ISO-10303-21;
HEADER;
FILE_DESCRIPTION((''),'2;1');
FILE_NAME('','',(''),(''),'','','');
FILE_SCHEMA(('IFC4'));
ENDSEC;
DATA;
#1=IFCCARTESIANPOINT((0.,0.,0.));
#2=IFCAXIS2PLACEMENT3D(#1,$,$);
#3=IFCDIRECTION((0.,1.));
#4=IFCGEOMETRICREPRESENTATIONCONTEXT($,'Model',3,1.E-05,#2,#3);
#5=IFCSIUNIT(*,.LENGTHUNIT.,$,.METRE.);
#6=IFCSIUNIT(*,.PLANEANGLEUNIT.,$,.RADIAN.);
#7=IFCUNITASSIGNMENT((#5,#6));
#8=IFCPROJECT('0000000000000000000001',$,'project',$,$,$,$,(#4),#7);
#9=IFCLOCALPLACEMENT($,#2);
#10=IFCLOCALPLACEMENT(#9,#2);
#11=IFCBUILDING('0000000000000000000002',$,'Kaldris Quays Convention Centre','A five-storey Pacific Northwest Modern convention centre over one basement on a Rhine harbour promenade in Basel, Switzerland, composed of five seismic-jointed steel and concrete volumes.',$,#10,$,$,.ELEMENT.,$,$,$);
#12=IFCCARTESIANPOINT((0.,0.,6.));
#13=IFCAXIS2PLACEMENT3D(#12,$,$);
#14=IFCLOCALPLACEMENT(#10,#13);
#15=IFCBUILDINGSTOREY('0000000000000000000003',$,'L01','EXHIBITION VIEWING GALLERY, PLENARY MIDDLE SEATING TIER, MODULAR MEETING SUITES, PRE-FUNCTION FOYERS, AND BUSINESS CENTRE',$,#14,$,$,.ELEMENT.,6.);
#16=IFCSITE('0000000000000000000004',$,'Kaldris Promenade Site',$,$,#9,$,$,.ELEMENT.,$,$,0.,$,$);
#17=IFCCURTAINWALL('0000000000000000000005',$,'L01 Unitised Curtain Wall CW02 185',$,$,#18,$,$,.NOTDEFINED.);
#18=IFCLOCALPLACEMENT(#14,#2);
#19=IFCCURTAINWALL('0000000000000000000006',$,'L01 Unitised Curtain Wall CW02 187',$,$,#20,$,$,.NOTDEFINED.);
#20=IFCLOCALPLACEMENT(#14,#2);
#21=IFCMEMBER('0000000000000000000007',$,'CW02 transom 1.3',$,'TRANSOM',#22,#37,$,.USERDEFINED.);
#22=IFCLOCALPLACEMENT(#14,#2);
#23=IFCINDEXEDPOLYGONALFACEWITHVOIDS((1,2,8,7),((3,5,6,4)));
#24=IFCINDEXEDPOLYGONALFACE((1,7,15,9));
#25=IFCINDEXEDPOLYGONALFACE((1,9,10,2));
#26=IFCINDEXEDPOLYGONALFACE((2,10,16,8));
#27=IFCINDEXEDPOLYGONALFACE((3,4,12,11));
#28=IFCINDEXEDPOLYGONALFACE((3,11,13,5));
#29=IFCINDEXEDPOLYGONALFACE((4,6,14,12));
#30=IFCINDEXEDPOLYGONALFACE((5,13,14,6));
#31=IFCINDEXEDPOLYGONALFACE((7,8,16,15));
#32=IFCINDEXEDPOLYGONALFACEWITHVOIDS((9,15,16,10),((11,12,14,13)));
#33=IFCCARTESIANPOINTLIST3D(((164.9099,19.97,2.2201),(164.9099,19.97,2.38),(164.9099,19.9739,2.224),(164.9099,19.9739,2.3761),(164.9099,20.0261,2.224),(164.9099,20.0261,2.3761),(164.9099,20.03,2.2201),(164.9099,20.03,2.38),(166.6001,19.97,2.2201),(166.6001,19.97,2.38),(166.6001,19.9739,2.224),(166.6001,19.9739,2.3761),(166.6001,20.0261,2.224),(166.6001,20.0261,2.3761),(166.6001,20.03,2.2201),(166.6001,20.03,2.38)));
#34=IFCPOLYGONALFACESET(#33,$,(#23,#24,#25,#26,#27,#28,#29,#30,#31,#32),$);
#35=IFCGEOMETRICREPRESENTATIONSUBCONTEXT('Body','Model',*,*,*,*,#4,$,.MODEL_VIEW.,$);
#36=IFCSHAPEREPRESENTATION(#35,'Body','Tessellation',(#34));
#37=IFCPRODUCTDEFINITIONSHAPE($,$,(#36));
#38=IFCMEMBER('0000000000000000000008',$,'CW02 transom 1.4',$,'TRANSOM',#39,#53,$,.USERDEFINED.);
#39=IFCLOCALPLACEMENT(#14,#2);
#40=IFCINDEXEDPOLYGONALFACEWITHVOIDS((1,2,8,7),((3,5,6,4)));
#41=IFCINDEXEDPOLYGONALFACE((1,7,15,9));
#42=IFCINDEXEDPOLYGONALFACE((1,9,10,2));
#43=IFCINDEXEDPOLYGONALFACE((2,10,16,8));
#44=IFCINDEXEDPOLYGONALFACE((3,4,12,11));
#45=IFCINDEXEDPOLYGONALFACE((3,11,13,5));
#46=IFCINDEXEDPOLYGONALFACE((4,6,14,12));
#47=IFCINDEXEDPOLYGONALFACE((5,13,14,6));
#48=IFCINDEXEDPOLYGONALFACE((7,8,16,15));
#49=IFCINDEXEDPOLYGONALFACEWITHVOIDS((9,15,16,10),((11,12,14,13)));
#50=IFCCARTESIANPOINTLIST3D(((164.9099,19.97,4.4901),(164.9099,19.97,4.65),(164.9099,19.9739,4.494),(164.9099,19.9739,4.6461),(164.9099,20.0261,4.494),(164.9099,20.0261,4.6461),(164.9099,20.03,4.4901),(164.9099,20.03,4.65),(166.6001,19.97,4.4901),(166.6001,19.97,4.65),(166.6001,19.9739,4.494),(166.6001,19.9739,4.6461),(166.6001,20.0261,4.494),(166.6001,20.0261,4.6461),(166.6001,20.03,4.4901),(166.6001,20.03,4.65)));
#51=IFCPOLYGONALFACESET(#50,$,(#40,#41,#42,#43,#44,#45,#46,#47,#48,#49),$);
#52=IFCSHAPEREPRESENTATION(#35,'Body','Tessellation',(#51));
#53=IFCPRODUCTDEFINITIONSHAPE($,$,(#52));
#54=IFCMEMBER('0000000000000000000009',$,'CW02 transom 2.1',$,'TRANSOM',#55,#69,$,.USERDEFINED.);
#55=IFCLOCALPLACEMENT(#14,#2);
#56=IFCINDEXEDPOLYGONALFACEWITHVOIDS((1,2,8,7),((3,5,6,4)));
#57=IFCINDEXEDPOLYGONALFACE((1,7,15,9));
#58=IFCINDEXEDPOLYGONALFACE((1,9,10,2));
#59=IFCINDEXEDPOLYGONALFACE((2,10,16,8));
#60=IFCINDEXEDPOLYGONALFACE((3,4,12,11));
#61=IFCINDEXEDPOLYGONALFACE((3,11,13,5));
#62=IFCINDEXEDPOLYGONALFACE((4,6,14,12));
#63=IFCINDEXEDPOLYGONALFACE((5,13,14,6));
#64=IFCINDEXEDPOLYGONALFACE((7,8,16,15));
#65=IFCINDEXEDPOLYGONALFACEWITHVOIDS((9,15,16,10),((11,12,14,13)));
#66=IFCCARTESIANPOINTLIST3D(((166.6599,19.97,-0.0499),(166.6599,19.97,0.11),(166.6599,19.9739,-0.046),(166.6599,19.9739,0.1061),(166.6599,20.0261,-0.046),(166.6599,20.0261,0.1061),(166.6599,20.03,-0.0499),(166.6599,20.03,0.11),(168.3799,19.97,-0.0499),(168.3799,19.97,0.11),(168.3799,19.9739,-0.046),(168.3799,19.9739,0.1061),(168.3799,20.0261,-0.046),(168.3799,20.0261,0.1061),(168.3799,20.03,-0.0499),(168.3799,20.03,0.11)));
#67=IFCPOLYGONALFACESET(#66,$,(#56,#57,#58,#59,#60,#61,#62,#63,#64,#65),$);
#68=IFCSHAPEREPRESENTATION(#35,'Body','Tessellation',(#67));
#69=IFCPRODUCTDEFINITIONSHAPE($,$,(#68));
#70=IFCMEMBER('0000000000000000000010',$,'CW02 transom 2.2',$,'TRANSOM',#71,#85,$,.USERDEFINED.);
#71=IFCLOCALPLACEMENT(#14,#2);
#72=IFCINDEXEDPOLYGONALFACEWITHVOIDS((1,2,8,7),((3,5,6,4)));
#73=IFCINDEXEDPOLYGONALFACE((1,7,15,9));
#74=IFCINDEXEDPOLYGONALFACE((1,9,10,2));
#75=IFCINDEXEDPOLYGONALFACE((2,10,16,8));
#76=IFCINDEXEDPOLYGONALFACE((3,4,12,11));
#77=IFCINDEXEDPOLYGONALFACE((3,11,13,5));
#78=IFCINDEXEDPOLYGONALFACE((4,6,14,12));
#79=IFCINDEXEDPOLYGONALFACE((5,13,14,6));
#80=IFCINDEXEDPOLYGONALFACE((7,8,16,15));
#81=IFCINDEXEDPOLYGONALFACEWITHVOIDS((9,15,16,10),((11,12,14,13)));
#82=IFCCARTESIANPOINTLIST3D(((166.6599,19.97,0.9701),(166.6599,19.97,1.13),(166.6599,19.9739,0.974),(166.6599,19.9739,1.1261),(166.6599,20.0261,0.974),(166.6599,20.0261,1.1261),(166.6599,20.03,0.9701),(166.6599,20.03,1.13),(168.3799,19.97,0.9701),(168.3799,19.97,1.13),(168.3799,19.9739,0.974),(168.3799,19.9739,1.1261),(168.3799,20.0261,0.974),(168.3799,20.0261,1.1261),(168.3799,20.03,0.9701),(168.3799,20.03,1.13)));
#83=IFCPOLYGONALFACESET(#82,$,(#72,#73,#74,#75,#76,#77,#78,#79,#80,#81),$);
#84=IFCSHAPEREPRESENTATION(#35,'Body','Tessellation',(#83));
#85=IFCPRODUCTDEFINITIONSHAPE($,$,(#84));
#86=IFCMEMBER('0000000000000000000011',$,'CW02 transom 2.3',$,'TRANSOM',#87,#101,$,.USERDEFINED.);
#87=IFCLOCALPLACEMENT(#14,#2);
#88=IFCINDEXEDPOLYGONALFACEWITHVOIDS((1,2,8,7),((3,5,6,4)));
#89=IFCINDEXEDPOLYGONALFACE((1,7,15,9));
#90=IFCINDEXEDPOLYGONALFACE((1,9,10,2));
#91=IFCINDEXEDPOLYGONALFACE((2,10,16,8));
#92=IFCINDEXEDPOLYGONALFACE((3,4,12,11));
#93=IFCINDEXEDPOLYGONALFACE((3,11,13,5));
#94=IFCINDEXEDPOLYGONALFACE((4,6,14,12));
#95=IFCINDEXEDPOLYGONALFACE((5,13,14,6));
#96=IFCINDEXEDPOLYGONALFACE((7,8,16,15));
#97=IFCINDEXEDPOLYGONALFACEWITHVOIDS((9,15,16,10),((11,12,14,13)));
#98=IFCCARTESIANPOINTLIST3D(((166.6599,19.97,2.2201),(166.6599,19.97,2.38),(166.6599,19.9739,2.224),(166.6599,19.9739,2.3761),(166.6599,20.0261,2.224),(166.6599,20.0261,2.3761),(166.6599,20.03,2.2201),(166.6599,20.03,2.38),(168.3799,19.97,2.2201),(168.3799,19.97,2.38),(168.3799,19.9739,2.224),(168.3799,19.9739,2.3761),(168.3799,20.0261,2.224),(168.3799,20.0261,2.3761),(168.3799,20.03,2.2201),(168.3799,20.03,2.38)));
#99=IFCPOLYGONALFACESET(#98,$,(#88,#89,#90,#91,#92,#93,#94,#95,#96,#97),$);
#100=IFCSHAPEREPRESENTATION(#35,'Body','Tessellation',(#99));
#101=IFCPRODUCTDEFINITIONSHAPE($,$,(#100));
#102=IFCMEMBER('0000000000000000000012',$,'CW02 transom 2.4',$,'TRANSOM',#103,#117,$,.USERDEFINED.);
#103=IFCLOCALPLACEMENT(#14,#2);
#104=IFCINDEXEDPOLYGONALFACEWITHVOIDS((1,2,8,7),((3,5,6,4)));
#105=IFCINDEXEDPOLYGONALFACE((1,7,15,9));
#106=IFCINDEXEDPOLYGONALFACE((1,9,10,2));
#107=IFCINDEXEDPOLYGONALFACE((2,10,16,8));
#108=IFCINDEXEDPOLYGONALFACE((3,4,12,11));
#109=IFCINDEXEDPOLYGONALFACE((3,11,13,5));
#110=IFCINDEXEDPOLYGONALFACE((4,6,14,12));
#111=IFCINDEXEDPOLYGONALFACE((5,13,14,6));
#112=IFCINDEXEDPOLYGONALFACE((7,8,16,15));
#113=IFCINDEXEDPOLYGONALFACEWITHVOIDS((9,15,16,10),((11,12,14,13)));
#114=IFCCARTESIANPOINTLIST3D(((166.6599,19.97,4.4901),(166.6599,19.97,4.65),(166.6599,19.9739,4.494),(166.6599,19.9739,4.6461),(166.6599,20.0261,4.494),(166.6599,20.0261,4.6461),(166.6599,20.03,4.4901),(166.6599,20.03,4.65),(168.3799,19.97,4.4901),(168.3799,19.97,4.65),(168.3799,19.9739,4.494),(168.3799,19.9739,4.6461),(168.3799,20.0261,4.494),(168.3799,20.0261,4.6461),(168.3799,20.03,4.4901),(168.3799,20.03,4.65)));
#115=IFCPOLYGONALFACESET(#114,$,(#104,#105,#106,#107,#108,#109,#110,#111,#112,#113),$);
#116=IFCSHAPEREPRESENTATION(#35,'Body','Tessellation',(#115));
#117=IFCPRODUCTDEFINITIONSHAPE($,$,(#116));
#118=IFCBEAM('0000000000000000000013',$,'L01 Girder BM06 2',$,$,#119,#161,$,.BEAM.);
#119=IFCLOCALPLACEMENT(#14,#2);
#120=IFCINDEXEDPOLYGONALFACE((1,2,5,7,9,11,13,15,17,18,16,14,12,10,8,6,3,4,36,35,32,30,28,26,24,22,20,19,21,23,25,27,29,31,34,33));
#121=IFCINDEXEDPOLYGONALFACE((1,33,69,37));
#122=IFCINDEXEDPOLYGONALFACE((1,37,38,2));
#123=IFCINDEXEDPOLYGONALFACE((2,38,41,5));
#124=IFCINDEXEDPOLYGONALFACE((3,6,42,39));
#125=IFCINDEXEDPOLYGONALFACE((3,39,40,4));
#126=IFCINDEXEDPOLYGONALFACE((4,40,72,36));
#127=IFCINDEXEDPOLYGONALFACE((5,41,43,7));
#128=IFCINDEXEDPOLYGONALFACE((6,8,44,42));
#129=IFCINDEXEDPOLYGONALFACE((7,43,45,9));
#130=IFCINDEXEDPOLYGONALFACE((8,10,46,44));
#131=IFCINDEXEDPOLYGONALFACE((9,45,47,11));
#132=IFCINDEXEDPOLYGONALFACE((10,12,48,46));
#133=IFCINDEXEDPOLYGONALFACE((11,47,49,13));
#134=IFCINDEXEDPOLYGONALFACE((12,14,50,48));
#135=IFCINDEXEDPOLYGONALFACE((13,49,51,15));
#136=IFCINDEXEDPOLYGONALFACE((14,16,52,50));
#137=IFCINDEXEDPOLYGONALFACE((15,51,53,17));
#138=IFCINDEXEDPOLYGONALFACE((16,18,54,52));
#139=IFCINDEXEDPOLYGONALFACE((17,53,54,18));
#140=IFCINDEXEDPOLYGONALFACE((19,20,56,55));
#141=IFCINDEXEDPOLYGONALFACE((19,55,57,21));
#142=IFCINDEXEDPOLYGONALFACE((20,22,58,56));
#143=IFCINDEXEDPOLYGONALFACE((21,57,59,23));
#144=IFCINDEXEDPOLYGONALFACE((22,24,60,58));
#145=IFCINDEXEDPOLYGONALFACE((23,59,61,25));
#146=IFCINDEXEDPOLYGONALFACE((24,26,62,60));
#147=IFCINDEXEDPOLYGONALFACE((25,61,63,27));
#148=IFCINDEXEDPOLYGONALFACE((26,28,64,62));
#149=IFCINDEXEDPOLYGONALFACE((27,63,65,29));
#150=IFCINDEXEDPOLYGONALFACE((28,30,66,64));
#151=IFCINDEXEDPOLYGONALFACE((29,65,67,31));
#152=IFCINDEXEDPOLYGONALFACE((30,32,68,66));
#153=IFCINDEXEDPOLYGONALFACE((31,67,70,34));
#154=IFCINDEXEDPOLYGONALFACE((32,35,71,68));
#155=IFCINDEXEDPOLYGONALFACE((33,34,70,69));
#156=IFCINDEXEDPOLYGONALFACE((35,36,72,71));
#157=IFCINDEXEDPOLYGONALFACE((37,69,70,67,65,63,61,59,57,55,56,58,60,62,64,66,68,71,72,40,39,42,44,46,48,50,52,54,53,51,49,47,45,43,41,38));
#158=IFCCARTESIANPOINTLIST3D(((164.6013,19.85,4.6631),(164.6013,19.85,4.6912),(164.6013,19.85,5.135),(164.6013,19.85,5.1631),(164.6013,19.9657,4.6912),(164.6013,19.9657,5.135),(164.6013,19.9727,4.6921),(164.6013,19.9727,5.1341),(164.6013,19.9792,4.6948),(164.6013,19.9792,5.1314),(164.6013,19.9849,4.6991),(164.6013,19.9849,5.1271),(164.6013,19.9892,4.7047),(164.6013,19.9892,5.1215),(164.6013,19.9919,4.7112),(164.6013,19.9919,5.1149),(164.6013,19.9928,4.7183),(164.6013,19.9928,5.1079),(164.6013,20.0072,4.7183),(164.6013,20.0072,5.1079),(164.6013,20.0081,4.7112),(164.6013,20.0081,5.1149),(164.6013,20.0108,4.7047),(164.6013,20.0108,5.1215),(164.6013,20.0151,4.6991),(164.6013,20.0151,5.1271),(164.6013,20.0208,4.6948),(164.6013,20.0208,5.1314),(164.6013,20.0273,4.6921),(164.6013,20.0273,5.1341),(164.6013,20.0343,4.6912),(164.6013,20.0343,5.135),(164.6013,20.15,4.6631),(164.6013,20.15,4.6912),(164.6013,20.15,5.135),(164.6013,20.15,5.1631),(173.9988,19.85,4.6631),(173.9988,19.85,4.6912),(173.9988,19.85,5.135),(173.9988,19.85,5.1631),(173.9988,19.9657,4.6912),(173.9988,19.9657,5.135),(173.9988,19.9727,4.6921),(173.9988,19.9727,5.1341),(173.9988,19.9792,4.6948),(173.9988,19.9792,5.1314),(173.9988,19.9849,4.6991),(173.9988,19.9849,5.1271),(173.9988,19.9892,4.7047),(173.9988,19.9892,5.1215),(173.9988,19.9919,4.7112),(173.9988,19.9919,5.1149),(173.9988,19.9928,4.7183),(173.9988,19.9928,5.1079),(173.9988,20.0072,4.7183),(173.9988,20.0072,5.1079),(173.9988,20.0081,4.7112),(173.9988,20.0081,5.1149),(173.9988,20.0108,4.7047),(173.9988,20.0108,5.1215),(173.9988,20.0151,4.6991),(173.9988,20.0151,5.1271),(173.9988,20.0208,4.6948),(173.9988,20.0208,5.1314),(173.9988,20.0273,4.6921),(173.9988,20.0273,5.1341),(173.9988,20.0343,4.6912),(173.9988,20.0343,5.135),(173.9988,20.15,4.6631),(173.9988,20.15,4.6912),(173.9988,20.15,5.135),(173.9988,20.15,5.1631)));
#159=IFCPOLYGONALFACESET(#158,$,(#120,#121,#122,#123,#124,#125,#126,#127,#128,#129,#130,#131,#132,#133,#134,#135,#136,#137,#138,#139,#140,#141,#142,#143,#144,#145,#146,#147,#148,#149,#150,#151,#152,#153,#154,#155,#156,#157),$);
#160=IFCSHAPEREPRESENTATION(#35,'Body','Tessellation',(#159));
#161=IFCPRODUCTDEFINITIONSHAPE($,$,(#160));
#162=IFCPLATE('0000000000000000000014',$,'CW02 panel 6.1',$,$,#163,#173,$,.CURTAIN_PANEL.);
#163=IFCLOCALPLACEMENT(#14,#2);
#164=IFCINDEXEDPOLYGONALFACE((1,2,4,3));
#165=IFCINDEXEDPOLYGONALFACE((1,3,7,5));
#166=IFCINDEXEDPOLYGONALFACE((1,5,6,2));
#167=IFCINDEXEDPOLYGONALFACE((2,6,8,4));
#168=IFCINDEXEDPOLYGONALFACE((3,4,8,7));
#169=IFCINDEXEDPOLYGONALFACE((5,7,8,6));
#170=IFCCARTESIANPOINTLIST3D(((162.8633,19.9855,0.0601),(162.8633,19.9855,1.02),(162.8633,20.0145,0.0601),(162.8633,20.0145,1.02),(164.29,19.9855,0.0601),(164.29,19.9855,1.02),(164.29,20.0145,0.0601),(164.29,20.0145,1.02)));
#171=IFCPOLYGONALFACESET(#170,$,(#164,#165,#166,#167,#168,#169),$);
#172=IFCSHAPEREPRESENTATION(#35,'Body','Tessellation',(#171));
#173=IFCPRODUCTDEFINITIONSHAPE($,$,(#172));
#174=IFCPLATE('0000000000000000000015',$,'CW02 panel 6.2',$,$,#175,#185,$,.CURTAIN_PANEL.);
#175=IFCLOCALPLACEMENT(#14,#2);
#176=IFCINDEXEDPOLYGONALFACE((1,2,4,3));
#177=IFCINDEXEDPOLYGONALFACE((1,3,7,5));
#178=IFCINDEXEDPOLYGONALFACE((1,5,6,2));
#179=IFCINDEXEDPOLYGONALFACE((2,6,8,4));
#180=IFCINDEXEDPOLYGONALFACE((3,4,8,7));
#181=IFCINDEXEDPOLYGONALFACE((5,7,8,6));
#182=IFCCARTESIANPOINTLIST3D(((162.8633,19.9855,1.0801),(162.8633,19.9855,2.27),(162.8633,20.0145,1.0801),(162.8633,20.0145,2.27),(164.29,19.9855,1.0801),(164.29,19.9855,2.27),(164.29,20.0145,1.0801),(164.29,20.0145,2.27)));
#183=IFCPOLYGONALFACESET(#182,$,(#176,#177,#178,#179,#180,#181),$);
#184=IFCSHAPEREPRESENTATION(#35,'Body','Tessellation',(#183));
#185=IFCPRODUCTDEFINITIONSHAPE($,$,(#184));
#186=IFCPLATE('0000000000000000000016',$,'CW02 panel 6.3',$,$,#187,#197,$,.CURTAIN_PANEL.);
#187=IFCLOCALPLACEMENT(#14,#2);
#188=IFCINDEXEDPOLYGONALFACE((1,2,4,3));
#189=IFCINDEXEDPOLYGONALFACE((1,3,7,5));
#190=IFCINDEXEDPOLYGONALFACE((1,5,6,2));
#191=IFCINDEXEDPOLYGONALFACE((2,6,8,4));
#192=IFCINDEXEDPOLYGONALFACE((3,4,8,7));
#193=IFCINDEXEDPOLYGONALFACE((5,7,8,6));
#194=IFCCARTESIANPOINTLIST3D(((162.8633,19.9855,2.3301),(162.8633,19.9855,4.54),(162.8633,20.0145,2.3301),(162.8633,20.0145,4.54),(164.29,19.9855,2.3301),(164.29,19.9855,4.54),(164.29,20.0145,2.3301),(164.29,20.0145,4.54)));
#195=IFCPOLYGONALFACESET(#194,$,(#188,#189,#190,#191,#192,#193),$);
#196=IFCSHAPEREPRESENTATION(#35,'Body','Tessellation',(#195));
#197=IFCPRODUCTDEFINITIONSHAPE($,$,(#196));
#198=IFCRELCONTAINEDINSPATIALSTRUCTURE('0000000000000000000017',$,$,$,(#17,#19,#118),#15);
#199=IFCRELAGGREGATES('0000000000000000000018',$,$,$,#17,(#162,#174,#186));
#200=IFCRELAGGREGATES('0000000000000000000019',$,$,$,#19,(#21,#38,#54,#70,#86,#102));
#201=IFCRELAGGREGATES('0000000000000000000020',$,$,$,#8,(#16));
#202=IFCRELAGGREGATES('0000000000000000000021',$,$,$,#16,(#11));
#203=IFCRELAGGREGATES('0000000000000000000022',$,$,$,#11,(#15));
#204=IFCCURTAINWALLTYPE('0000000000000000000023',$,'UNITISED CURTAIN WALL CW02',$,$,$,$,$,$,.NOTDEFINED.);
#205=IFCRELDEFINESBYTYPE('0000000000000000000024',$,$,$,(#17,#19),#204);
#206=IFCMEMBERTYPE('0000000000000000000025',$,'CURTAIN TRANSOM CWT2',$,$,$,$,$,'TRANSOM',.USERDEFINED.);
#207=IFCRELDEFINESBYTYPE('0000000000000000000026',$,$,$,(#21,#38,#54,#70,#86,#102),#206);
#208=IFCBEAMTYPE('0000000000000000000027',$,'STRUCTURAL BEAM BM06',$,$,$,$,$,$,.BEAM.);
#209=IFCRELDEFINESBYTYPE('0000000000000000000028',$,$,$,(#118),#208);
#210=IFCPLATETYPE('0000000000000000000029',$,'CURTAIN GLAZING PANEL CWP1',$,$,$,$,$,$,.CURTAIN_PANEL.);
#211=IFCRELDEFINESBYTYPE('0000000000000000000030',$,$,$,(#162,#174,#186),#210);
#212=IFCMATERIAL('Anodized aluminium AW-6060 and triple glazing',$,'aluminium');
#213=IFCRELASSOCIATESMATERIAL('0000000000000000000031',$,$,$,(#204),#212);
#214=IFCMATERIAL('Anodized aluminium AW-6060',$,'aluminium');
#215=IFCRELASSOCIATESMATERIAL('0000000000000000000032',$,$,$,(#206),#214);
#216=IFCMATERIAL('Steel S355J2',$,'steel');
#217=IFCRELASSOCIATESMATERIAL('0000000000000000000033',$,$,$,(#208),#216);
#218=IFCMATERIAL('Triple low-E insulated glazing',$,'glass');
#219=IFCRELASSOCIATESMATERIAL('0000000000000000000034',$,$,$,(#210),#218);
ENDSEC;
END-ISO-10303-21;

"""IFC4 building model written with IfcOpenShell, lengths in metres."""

from ifc_helpers import new_model, si_unit, direction, frame, origin, origin_2d, place, context, subcontext, project, spatial, rectangle, hollow_rectangle, i_section, extrude, material, material_profile, profile_set, type_object, element, aggregate, save


model = new_model("IFC4")

# Units and contexts
model_context = context("Model", 3, precision=1e-05, world=origin(), true_north=direction((0.0, 1.0)))
body_context = subcontext(model_context, "Body", "Model", "MODEL_VIEW")
ifc_project = project(units=[si_unit("LENGTHUNIT", "METRE"), si_unit("PLANEANGLEUNIT", "RADIAN")], contexts=[model_context])

# Site, building, storey
site_placement = place(None, origin())
site = spatial("IfcSite", under=ifc_project, at=site_placement, Name="Kaldris Promenade Site", CompositionType="ELEMENT", RefElevation=0.0)
building_placement = place(site_placement, origin())
building = spatial("IfcBuilding", under=site, at=building_placement, Name="Kaldris Quays Convention Centre", Description="A five-storey Pacific Northwest Modern convention centre over one basement on a Rhine harbour promenade in Basel, Switzerland, composed of five seismic-jointed steel and concrete volumes.", CompositionType="ELEMENT")
storey_placement = place(building_placement, frame((0.0, 0.0, 6.0)))
storey = spatial("IfcBuildingStorey", under=building, at=storey_placement, Name="L01", Description="EXHIBITION VIEWING GALLERY, PLENARY MIDDLE SEATING TIER, MODULAR MEETING SUITES, PRE-FUNCTION FOYERS, AND BUSINESS CENTRE", CompositionType="ELEMENT", Elevation=6.0)

# Shared definitions
ifc_material_1 = material(Name="Steel S355J2", Category="steel")

# Curtain wall
ifc_material_2 = material(Name="Anodized aluminium AW-6060 and triple glazing", Category="aluminium")
curtain_wall_type = type_object("IfcCurtainWallType", Name="UNITISED CURTAIN WALL CW02", PredefinedType="NOTDEFINED", material=ifc_material_2)
curtain_wall_1_placement = place(storey_placement, origin())
curtain_wall_1 = element("IfcCurtainWall", 1, at=curtain_wall_1_placement, inside=storey, type_object=curtain_wall_type, Name="L01 Unitised Curtain Wall CW02 185", PredefinedType="NOTDEFINED")
ifc_material_3 = material(Name="Anodized aluminium AW-6060", Category="aluminium")

# Curtain wall
curtain_wall_2_placement = place(storey_placement, origin())
curtain_wall_2 = element("IfcCurtainWall", 2, at=curtain_wall_2_placement, inside=storey, type_object=curtain_wall_type, Name="L01 Unitised Curtain Wall CW02 187", PredefinedType="NOTDEFINED")

# Members
ifc_material_profile_1 = material_profile(ifc_material_3, hollow_rectangle(XDim=0.0601, YDim=0.1599, WallThickness=0.0039, at=origin_2d()), Name="RHS 160x60x4")
ifc_profile_set_1 = profile_set([ifc_material_profile_1], Name="Anodized aluminium AW-6060")
member_type_1 = type_object("IfcMemberType", Name="CURTAIN TRANSOM CWT2", ElementType="TRANSOM", PredefinedType="USERDEFINED", material=ifc_profile_set_1)
member_1_placement = place(storey_placement, frame((164.9099, 20.0, 2.3), z_axis=(1.0, 0.0, 0.0), x_axis=(0.0, 1.0, 0.0)))
member_1 = element("IfcMember", 3, at=member_1_placement, type_object=member_type_1, Name="CW02 transom 1.3", ObjectType="TRANSOM", PredefinedType="USERDEFINED", context=body_context, shape_type="SweptSolid", body=[
    extrude(hollow_rectangle(XDim=0.0601, YDim=0.1599, WallThickness=0.0039, at=origin_2d()), origin(), (0.0, 0.0, 1.0), 1.6902),
])
member_2_placement = place(storey_placement, frame((164.9099, 20.0, 4.5701), z_axis=(1.0, 0.0, 0.0), x_axis=(0.0, 1.0, 0.0)))
member_2 = element("IfcMember", 4, at=member_2_placement, type_object=member_type_1, Name="CW02 transom 1.4", ObjectType="TRANSOM", PredefinedType="USERDEFINED", context=body_context, shape_type="SweptSolid", body=[
    extrude(hollow_rectangle(XDim=0.0601, YDim=0.1599, WallThickness=0.0039, at=origin_2d()), origin(), (0.0, 0.0, 1.0), 1.6902),
])
member_3_placement = place(storey_placement, frame((166.6599, 20.0, 0.03), z_axis=(1.0, 0.0, 0.0), x_axis=(0.0, 1.0, 0.0)))
member_3 = element("IfcMember", 5, at=member_3_placement, type_object=member_type_1, Name="CW02 transom 2.1", ObjectType="TRANSOM", PredefinedType="USERDEFINED", context=body_context, shape_type="SweptSolid", body=[
    extrude(hollow_rectangle(XDim=0.0601, YDim=0.1599, WallThickness=0.0039, at=origin_2d()), origin(), (0.0, 0.0, 1.0), 1.72),
])
member_4_placement = place(storey_placement, frame((166.6599, 20.0, 1.05), z_axis=(1.0, 0.0, 0.0), x_axis=(0.0, 1.0, 0.0)))
member_4 = element("IfcMember", 6, at=member_4_placement, type_object=member_type_1, Name="CW02 transom 2.2", ObjectType="TRANSOM", PredefinedType="USERDEFINED", context=body_context, shape_type="SweptSolid", body=[
    extrude(hollow_rectangle(XDim=0.0601, YDim=0.1599, WallThickness=0.0039, at=origin_2d()), origin(), (0.0, 0.0, 1.0), 1.72),
])
member_5_placement = place(storey_placement, frame((166.6599, 20.0, 2.3), z_axis=(1.0, 0.0, 0.0), x_axis=(0.0, 1.0, 0.0)))
member_5 = element("IfcMember", 7, at=member_5_placement, type_object=member_type_1, Name="CW02 transom 2.3", ObjectType="TRANSOM", PredefinedType="USERDEFINED", context=body_context, shape_type="SweptSolid", body=[
    extrude(hollow_rectangle(XDim=0.0601, YDim=0.1599, WallThickness=0.0039, at=origin_2d()), origin(), (0.0, 0.0, 1.0), 1.72),
])
member_6_placement = place(storey_placement, frame((166.6599, 20.0, 4.5701), z_axis=(1.0, 0.0, 0.0), x_axis=(0.0, 1.0, 0.0)))
member_6 = element("IfcMember", 8, at=member_6_placement, type_object=member_type_1, Name="CW02 transom 2.4", ObjectType="TRANSOM", PredefinedType="USERDEFINED", context=body_context, shape_type="SweptSolid", body=[
    extrude(hollow_rectangle(XDim=0.0601, YDim=0.1599, WallThickness=0.0039, at=origin_2d()), origin(), (0.0, 0.0, 1.0), 1.72),
])

# Beam
ifc_material_profile_2 = material_profile(ifc_material_1, i_section(OverallWidth=0.3, OverallDepth=0.5, WebThickness=0.0144, FlangeThickness=0.0281, FilletRadius=0.0271, at=origin_2d()), Name="HEB 500")
ifc_profile_set_2 = profile_set([ifc_material_profile_2], Name="Steel S355J2")
beam_type = type_object("IfcBeamType", Name="STRUCTURAL BEAM BM06", PredefinedType="BEAM", material=ifc_profile_set_2)
beam_placement = place(storey_placement, frame((164.6013, 20.0, 4.9131), z_axis=(1.0, 0.0, 0.0), x_axis=(0.0, 1.0, 0.0)))
element("IfcBeam", 9, at=beam_placement, inside=storey, type_object=beam_type, Name="L01 Girder BM06 2", PredefinedType="BEAM", context=body_context, shape_type="SweptSolid", body=[
    extrude(i_section(OverallWidth=0.3, OverallDepth=0.5, WebThickness=0.0144, FlangeThickness=0.0281, FilletRadius=0.0271, at=origin_2d()), origin(), (0.0, 0.0, 1.0), 9.3975),
])

# Plates
ifc_material_4 = material(Name="Triple low-E insulated glazing", Category="glass")
plate_type_1 = type_object("IfcPlateType", Name="CURTAIN GLAZING PANEL CWP1", PredefinedType="CURTAIN_PANEL", material=ifc_material_4)
plate_1_placement = place(storey_placement, frame((163.5767, 20.0, 0.0601), z_axis=(0.0, 0.0, 1.0), x_axis=(1.0, 0.0, 0.0)))
plate_1 = element("IfcPlate", 10, at=plate_1_placement, type_object=plate_type_1, Name="CW02 panel 6.1", PredefinedType="CURTAIN_PANEL", context=body_context, shape_type="SweptSolid", body=[
    extrude(rectangle(XDim=1.4268, YDim=0.0291, at=origin_2d()), origin(), (0.0, 0.0, 1.0), 0.96),
])
plate_2_placement = place(storey_placement, frame((163.5767, 20.0, 1.0801), z_axis=(0.0, 0.0, 1.0), x_axis=(1.0, 0.0, 0.0)))
plate_2 = element("IfcPlate", 11, at=plate_2_placement, type_object=plate_type_1, Name="CW02 panel 6.2", PredefinedType="CURTAIN_PANEL", context=body_context, shape_type="SweptSolid", body=[
    extrude(rectangle(XDim=1.4268, YDim=0.0291, at=origin_2d()), origin(), (0.0, 0.0, 1.0), 1.1899),
])
plate_3_placement = place(storey_placement, frame((163.5767, 20.0, 2.3301), z_axis=(0.0, 0.0, 1.0), x_axis=(1.0, 0.0, 0.0)))
plate_3 = element("IfcPlate", 12, at=plate_3_placement, type_object=plate_type_1, Name="CW02 panel 6.3", PredefinedType="CURTAIN_PANEL", context=body_context, shape_type="SweptSolid", body=[
    extrude(rectangle(XDim=1.4268, YDim=0.0291, at=origin_2d()), origin(), (0.0, 0.0, 1.0), 2.21),
])
aggregate(curtain_wall_1, [plate_1, plate_2, plate_3])
aggregate(curtain_wall_2, [member_1, member_2, member_3, member_4, member_5, member_6])

save(model, "model.ifc")
